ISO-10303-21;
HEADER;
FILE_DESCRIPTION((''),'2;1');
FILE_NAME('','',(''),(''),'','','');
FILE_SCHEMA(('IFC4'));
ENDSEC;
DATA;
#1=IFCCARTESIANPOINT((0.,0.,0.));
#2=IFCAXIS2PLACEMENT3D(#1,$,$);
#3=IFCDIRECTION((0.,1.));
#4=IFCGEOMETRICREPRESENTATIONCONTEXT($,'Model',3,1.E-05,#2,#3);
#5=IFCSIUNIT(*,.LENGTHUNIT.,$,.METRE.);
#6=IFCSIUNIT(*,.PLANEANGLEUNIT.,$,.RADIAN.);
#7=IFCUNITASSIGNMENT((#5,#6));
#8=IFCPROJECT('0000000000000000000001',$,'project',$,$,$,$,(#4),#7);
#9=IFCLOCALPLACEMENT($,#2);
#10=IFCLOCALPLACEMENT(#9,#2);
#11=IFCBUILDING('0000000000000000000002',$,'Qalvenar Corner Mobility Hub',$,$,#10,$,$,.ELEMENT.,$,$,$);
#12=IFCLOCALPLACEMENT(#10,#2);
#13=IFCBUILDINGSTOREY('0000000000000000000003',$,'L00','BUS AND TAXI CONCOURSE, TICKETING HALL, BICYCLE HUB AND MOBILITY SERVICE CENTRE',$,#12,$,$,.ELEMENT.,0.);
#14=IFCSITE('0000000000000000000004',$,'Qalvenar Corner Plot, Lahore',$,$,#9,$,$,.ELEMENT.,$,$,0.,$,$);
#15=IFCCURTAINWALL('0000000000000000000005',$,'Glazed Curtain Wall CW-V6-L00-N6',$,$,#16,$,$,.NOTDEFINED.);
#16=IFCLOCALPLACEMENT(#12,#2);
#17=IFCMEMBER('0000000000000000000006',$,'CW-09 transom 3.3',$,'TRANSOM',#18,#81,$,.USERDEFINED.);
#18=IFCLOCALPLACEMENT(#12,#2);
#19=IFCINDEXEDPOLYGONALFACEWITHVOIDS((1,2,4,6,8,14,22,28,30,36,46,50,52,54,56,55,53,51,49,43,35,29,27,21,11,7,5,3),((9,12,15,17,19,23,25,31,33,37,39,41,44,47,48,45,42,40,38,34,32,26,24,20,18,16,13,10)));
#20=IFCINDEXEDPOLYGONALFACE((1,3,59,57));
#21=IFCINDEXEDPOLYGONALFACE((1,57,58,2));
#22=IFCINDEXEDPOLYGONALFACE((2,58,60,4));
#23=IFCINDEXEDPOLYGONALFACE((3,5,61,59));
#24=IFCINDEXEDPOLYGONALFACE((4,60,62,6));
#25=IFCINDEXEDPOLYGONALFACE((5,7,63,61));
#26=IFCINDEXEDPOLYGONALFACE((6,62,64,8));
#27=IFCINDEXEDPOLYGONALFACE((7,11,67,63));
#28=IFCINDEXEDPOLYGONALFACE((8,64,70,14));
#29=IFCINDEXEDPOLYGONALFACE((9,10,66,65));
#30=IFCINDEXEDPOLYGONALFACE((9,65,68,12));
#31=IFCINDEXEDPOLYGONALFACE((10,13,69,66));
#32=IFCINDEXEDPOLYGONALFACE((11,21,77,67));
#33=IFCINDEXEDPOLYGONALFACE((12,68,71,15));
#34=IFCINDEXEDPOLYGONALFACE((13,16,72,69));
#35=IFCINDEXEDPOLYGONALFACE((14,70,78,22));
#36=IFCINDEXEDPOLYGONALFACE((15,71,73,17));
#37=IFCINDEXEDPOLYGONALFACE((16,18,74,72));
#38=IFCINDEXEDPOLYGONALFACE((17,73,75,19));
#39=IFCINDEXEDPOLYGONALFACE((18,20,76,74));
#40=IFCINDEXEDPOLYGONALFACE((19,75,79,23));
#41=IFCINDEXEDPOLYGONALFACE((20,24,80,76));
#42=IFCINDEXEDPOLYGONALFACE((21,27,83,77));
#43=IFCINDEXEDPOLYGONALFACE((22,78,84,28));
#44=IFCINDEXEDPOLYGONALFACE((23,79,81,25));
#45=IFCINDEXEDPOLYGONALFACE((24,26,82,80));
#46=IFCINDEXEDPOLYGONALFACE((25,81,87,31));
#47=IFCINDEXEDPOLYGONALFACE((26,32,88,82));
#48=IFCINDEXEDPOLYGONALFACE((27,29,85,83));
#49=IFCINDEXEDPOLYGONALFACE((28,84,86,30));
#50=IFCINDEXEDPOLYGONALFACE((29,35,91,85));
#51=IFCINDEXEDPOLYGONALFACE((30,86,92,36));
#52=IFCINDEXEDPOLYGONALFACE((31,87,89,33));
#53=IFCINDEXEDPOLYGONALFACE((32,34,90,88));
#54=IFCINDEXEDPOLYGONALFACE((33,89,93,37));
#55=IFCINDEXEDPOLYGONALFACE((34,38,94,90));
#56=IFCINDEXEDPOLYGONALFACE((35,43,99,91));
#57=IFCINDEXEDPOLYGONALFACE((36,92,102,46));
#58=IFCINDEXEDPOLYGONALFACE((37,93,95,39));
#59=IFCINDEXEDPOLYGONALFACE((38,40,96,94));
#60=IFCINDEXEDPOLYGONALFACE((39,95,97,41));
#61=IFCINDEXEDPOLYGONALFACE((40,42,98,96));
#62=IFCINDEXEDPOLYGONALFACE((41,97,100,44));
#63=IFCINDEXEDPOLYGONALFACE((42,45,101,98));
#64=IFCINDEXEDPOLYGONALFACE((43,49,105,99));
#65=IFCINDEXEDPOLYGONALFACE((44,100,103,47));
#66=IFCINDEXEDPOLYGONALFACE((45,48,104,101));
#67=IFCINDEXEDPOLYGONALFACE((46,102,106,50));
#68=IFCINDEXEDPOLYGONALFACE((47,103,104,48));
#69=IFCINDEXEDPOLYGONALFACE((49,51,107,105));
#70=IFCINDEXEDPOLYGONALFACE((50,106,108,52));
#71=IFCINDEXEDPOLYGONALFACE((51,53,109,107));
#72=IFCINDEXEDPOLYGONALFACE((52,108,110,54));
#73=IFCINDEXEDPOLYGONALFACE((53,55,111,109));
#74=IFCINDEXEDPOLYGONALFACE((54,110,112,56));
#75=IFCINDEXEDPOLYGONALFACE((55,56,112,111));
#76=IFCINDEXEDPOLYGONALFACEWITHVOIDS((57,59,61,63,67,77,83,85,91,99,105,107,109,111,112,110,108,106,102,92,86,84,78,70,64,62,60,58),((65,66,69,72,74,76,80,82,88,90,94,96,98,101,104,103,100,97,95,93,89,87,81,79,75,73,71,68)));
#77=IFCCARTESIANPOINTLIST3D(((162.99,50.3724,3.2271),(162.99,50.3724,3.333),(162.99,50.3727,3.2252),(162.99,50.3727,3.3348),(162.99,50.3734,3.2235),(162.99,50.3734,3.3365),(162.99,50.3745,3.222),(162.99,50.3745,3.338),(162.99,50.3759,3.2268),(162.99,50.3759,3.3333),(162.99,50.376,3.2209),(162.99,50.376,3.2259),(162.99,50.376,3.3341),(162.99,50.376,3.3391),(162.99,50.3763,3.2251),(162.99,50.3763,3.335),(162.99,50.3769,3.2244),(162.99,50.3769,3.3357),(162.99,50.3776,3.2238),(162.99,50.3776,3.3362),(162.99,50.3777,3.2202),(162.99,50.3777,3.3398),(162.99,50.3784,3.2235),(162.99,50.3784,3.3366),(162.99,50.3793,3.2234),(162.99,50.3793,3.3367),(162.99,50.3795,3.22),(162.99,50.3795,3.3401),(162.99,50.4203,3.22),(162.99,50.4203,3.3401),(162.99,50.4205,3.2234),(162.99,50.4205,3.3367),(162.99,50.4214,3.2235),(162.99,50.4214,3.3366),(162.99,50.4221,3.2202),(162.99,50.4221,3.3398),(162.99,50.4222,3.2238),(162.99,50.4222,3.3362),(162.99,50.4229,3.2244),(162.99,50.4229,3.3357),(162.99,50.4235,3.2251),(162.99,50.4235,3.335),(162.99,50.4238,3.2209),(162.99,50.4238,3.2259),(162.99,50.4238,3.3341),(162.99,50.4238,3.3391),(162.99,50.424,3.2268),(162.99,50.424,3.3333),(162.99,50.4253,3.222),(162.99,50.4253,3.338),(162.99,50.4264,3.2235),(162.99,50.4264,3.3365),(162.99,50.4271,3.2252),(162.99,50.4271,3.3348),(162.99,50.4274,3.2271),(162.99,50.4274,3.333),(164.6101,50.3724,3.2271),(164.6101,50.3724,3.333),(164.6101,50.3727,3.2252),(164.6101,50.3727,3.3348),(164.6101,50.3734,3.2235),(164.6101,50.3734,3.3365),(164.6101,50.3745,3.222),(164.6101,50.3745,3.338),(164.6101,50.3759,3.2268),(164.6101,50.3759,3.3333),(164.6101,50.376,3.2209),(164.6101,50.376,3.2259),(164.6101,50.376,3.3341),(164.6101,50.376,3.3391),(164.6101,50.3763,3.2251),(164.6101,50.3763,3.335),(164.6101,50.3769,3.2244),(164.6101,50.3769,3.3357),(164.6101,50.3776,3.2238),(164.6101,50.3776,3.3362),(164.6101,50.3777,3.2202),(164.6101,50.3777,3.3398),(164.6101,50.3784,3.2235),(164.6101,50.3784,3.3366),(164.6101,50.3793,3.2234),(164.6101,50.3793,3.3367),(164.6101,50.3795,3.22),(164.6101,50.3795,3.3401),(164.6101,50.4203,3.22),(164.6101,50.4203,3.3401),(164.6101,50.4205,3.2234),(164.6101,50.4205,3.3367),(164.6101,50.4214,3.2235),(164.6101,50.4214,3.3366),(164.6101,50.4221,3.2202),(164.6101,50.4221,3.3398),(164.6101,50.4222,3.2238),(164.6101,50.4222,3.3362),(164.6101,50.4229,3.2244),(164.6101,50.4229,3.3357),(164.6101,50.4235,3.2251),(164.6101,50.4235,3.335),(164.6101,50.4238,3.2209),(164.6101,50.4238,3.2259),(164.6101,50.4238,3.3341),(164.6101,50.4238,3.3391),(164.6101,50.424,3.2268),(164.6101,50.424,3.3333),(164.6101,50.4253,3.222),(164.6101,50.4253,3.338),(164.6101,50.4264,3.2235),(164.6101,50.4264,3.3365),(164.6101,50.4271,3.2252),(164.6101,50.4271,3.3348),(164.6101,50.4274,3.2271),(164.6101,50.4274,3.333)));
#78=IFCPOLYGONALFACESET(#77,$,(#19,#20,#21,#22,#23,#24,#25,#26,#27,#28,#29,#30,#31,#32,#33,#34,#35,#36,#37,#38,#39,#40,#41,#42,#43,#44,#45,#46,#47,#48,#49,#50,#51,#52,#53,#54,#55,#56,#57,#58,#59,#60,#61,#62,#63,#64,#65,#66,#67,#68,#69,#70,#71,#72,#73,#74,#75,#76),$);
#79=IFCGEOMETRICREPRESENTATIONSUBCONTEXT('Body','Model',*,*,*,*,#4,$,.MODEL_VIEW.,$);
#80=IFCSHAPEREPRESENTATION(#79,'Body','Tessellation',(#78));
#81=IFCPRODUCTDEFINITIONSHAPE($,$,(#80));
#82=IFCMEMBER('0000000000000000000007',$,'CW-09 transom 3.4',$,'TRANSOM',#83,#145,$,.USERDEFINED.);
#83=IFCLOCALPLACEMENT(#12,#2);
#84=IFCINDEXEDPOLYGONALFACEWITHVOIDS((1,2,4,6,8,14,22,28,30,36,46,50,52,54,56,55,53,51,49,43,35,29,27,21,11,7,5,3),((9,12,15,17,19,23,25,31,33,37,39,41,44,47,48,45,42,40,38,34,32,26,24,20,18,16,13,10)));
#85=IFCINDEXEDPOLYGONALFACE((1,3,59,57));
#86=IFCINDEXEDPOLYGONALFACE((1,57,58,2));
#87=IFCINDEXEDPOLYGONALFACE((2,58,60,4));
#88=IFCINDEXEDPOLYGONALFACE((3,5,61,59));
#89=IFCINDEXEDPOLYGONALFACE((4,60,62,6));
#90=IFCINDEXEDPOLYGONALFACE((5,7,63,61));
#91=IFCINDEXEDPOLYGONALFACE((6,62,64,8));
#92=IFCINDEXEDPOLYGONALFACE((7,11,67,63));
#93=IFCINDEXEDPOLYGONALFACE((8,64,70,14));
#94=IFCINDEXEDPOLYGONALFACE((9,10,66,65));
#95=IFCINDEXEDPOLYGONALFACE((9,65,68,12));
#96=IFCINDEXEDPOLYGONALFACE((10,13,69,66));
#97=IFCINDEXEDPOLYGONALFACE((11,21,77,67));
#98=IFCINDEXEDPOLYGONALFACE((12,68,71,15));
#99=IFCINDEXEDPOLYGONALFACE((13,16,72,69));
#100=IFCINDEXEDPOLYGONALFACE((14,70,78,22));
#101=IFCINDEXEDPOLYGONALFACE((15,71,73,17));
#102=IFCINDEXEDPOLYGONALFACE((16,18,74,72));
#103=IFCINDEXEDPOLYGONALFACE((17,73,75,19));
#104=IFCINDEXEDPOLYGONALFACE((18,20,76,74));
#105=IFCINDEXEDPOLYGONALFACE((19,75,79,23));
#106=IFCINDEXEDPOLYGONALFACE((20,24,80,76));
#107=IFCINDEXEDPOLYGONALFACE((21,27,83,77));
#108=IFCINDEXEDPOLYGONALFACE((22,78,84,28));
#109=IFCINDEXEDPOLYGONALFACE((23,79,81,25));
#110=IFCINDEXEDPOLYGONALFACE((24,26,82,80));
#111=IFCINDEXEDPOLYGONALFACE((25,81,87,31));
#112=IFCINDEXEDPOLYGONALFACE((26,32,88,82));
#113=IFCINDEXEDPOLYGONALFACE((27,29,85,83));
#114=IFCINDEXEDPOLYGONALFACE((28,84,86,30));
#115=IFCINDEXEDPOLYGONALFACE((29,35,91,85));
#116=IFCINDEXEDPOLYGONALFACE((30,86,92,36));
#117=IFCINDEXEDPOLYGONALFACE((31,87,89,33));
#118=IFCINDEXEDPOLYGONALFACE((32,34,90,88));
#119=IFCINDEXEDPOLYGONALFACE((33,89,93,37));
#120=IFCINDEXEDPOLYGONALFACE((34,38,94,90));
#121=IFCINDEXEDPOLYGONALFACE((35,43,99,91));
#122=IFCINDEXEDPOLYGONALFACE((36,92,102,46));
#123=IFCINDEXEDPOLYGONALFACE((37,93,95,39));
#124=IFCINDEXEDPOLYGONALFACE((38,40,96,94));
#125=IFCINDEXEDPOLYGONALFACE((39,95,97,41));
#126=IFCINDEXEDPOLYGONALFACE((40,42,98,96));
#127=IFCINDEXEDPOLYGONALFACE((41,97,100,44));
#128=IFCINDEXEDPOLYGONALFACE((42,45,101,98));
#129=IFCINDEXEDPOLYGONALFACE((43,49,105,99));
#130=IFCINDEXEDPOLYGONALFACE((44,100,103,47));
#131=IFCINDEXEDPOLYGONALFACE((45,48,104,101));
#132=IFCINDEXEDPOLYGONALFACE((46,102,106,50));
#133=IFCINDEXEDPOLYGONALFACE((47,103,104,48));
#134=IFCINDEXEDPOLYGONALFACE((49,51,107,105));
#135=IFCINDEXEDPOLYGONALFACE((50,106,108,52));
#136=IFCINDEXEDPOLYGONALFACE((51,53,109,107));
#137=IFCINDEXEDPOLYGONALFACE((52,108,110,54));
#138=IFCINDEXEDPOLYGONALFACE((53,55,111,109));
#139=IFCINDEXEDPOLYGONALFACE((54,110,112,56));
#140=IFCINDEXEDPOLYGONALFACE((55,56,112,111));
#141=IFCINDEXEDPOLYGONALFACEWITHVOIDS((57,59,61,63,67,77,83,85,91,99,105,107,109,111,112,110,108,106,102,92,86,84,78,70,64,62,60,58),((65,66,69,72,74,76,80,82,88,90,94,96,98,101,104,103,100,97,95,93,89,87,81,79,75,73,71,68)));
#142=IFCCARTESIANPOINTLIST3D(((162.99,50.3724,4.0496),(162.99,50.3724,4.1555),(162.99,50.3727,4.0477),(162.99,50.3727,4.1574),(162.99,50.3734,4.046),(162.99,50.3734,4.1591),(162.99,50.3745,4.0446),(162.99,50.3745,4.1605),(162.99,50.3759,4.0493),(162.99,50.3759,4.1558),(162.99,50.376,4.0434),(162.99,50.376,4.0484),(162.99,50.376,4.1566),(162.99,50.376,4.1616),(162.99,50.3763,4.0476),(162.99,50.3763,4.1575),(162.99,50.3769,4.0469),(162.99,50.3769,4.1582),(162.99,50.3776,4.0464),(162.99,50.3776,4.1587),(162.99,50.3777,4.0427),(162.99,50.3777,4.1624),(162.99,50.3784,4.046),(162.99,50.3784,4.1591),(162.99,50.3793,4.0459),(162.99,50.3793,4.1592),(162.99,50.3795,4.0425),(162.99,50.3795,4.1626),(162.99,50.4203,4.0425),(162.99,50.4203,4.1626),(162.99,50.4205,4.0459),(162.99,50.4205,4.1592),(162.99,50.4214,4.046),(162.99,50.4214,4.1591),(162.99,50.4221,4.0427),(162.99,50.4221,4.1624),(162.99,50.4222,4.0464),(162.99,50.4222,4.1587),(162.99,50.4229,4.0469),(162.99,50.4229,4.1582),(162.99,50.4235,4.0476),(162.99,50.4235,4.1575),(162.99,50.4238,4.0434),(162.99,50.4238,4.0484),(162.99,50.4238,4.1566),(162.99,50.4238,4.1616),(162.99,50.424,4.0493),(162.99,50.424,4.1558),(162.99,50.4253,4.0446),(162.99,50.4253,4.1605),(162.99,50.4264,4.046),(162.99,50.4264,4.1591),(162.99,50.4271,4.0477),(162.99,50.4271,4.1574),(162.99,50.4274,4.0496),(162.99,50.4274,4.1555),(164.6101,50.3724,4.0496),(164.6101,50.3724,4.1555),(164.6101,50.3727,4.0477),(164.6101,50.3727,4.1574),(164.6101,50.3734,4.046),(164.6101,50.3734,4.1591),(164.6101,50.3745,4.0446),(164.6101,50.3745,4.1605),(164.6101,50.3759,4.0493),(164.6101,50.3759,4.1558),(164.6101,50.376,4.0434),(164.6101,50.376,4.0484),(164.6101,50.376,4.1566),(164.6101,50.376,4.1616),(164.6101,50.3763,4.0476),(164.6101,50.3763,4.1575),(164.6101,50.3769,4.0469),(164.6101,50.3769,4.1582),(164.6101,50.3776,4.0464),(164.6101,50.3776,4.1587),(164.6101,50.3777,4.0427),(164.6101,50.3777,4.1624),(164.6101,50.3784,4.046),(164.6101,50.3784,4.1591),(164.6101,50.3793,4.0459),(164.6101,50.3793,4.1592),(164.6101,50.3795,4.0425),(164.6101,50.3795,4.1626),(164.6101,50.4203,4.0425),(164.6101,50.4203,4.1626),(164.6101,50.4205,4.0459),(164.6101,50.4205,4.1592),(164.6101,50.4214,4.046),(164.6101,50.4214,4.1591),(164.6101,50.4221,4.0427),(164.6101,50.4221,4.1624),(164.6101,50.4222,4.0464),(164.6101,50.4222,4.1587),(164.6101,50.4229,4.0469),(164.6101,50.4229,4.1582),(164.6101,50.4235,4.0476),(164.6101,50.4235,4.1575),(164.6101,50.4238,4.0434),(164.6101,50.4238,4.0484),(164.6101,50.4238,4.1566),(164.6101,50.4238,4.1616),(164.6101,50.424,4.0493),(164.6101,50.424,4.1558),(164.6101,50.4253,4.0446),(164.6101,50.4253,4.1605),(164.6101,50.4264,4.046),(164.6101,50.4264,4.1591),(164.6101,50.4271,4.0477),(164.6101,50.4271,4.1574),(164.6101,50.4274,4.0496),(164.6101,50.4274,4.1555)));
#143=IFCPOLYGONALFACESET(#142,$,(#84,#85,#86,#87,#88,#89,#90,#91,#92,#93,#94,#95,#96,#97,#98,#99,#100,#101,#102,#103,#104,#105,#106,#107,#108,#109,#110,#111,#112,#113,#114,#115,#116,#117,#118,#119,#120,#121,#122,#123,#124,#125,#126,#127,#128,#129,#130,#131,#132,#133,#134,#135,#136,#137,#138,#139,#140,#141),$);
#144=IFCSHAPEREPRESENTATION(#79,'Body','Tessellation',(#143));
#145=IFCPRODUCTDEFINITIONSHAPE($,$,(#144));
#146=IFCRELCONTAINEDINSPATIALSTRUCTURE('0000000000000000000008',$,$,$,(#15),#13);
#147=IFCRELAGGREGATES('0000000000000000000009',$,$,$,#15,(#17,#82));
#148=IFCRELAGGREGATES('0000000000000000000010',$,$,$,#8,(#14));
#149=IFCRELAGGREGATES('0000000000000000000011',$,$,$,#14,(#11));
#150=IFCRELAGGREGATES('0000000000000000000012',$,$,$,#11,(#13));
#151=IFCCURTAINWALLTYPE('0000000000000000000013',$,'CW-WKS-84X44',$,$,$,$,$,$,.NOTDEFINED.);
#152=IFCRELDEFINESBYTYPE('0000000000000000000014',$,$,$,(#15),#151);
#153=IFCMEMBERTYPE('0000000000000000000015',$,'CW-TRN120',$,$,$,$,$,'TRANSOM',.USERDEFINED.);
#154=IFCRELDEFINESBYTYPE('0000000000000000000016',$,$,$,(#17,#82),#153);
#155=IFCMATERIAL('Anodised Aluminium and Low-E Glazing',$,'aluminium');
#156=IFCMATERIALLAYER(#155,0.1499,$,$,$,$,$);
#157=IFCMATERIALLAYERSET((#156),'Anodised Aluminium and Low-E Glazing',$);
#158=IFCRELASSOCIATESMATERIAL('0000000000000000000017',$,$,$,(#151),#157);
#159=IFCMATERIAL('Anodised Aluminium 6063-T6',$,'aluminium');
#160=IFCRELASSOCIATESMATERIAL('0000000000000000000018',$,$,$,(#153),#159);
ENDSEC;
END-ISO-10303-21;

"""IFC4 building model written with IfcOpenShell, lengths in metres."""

from ifc_helpers import new_model, si_unit, direction, frame, origin, origin_2d, place, context, subcontext, project, spatial, hollow_rectangle, extrude, material, layer, layer_set, material_profile, profile_set, type_object, element, aggregate, save


model = new_model("IFC4")

# Units and contexts
model_context = context("Model", 3, precision=1e-05, world=origin(), true_north=direction((0.0, 1.0)))
body_context = subcontext(model_context, "Body", "Model", "MODEL_VIEW")
ifc_project = project(units=[si_unit("LENGTHUNIT", "METRE"), si_unit("PLANEANGLEUNIT", "RADIAN")], contexts=[model_context])

# Site, building, storey
site_placement = place(None, origin())
site = spatial("IfcSite", under=ifc_project, at=site_placement, Name="Qalvenar Corner Plot, Lahore", CompositionType="ELEMENT", RefElevation=0.0)
building_placement = place(site_placement, origin())
building = spatial("IfcBuilding", under=site, at=building_placement, Name="Qalvenar Corner Mobility Hub", CompositionType="ELEMENT")
storey_placement = place(building_placement, origin())
storey = spatial("IfcBuildingStorey", under=building, at=storey_placement, Name="L00", Description="BUS AND TAXI CONCOURSE, TICKETING HALL, BICYCLE HUB AND MOBILITY SERVICE CENTRE", CompositionType="ELEMENT", Elevation=0.0)

# Curtain wall, members
ifc_material_1 = material(Name="Anodised Aluminium and Low-E Glazing", Category="aluminium")
ifc_layer_1 = layer(ifc_material_1, 0.1499)
ifc_layer_set_1 = layer_set([ifc_layer_1], Name="Anodised Aluminium and Low-E Glazing")
curtain_wall_type = type_object("IfcCurtainWallType", Name="CW-WKS-84X44", PredefinedType="NOTDEFINED", material=ifc_layer_set_1)
curtain_wall_placement = place(storey_placement, origin())
curtain_wall = element("IfcCurtainWall", 1, at=curtain_wall_placement, inside=storey, type_object=curtain_wall_type, Name="Glazed Curtain Wall CW-V6-L00-N6", PredefinedType="NOTDEFINED")
ifc_material_2 = material(Name="Anodised Aluminium 6063-T6", Category="aluminium")
ifc_material_profile_1 = material_profile(ifc_material_2, hollow_rectangle(XDim=0.0549, YDim=0.1201, WallThickness=0.0034, InnerFilletRadius=0.0034, OuterFilletRadius=0.0071, at=origin_2d()), Name="RHS120x55x3.5")
ifc_profile_set_1 = profile_set([ifc_material_profile_1], Name="Anodised Aluminium 6063-T6")
member_type_1 = type_object("IfcMemberType", Name="CW-TRN120", ElementType="TRANSOM", PredefinedType="USERDEFINED", material=ifc_profile_set_1)
member_1_placement = place(storey_placement, frame((164.6101, 50.3999, 3.28), z_axis=(-1.0, 0.0, 0.0), x_axis=(0.0, -1.0, 0.0)))
member_1 = element("IfcMember", 2, at=member_1_placement, type_object=member_type_1, Name="CW-09 transom 3.3", ObjectType="TRANSOM", PredefinedType="USERDEFINED", context=body_context, shape_type="SweptSolid", body=[
    extrude(hollow_rectangle(XDim=0.0549, YDim=0.1201, WallThickness=0.0034, InnerFilletRadius=0.0034, OuterFilletRadius=0.0071, at=origin_2d()), origin(), (0.0, 0.0, 1.0), 1.6201),
])
member_2_placement = place(storey_placement, frame((164.6101, 50.3999, 4.1025), z_axis=(-1.0, 0.0, 0.0), x_axis=(0.0, -1.0, 0.0)))
member_2 = element("IfcMember", 3, at=member_2_placement, type_object=member_type_1, Name="CW-09 transom 3.4", ObjectType="TRANSOM", PredefinedType="USERDEFINED", context=body_context, shape_type="SweptSolid", body=[
    extrude(hollow_rectangle(XDim=0.0549, YDim=0.1201, WallThickness=0.0034, InnerFilletRadius=0.0034, OuterFilletRadius=0.0071, at=origin_2d()), origin(), (0.0, 0.0, 1.0), 1.6201),
])
aggregate(curtain_wall, [member_1, member_2])

save(model, "model.ifc")
